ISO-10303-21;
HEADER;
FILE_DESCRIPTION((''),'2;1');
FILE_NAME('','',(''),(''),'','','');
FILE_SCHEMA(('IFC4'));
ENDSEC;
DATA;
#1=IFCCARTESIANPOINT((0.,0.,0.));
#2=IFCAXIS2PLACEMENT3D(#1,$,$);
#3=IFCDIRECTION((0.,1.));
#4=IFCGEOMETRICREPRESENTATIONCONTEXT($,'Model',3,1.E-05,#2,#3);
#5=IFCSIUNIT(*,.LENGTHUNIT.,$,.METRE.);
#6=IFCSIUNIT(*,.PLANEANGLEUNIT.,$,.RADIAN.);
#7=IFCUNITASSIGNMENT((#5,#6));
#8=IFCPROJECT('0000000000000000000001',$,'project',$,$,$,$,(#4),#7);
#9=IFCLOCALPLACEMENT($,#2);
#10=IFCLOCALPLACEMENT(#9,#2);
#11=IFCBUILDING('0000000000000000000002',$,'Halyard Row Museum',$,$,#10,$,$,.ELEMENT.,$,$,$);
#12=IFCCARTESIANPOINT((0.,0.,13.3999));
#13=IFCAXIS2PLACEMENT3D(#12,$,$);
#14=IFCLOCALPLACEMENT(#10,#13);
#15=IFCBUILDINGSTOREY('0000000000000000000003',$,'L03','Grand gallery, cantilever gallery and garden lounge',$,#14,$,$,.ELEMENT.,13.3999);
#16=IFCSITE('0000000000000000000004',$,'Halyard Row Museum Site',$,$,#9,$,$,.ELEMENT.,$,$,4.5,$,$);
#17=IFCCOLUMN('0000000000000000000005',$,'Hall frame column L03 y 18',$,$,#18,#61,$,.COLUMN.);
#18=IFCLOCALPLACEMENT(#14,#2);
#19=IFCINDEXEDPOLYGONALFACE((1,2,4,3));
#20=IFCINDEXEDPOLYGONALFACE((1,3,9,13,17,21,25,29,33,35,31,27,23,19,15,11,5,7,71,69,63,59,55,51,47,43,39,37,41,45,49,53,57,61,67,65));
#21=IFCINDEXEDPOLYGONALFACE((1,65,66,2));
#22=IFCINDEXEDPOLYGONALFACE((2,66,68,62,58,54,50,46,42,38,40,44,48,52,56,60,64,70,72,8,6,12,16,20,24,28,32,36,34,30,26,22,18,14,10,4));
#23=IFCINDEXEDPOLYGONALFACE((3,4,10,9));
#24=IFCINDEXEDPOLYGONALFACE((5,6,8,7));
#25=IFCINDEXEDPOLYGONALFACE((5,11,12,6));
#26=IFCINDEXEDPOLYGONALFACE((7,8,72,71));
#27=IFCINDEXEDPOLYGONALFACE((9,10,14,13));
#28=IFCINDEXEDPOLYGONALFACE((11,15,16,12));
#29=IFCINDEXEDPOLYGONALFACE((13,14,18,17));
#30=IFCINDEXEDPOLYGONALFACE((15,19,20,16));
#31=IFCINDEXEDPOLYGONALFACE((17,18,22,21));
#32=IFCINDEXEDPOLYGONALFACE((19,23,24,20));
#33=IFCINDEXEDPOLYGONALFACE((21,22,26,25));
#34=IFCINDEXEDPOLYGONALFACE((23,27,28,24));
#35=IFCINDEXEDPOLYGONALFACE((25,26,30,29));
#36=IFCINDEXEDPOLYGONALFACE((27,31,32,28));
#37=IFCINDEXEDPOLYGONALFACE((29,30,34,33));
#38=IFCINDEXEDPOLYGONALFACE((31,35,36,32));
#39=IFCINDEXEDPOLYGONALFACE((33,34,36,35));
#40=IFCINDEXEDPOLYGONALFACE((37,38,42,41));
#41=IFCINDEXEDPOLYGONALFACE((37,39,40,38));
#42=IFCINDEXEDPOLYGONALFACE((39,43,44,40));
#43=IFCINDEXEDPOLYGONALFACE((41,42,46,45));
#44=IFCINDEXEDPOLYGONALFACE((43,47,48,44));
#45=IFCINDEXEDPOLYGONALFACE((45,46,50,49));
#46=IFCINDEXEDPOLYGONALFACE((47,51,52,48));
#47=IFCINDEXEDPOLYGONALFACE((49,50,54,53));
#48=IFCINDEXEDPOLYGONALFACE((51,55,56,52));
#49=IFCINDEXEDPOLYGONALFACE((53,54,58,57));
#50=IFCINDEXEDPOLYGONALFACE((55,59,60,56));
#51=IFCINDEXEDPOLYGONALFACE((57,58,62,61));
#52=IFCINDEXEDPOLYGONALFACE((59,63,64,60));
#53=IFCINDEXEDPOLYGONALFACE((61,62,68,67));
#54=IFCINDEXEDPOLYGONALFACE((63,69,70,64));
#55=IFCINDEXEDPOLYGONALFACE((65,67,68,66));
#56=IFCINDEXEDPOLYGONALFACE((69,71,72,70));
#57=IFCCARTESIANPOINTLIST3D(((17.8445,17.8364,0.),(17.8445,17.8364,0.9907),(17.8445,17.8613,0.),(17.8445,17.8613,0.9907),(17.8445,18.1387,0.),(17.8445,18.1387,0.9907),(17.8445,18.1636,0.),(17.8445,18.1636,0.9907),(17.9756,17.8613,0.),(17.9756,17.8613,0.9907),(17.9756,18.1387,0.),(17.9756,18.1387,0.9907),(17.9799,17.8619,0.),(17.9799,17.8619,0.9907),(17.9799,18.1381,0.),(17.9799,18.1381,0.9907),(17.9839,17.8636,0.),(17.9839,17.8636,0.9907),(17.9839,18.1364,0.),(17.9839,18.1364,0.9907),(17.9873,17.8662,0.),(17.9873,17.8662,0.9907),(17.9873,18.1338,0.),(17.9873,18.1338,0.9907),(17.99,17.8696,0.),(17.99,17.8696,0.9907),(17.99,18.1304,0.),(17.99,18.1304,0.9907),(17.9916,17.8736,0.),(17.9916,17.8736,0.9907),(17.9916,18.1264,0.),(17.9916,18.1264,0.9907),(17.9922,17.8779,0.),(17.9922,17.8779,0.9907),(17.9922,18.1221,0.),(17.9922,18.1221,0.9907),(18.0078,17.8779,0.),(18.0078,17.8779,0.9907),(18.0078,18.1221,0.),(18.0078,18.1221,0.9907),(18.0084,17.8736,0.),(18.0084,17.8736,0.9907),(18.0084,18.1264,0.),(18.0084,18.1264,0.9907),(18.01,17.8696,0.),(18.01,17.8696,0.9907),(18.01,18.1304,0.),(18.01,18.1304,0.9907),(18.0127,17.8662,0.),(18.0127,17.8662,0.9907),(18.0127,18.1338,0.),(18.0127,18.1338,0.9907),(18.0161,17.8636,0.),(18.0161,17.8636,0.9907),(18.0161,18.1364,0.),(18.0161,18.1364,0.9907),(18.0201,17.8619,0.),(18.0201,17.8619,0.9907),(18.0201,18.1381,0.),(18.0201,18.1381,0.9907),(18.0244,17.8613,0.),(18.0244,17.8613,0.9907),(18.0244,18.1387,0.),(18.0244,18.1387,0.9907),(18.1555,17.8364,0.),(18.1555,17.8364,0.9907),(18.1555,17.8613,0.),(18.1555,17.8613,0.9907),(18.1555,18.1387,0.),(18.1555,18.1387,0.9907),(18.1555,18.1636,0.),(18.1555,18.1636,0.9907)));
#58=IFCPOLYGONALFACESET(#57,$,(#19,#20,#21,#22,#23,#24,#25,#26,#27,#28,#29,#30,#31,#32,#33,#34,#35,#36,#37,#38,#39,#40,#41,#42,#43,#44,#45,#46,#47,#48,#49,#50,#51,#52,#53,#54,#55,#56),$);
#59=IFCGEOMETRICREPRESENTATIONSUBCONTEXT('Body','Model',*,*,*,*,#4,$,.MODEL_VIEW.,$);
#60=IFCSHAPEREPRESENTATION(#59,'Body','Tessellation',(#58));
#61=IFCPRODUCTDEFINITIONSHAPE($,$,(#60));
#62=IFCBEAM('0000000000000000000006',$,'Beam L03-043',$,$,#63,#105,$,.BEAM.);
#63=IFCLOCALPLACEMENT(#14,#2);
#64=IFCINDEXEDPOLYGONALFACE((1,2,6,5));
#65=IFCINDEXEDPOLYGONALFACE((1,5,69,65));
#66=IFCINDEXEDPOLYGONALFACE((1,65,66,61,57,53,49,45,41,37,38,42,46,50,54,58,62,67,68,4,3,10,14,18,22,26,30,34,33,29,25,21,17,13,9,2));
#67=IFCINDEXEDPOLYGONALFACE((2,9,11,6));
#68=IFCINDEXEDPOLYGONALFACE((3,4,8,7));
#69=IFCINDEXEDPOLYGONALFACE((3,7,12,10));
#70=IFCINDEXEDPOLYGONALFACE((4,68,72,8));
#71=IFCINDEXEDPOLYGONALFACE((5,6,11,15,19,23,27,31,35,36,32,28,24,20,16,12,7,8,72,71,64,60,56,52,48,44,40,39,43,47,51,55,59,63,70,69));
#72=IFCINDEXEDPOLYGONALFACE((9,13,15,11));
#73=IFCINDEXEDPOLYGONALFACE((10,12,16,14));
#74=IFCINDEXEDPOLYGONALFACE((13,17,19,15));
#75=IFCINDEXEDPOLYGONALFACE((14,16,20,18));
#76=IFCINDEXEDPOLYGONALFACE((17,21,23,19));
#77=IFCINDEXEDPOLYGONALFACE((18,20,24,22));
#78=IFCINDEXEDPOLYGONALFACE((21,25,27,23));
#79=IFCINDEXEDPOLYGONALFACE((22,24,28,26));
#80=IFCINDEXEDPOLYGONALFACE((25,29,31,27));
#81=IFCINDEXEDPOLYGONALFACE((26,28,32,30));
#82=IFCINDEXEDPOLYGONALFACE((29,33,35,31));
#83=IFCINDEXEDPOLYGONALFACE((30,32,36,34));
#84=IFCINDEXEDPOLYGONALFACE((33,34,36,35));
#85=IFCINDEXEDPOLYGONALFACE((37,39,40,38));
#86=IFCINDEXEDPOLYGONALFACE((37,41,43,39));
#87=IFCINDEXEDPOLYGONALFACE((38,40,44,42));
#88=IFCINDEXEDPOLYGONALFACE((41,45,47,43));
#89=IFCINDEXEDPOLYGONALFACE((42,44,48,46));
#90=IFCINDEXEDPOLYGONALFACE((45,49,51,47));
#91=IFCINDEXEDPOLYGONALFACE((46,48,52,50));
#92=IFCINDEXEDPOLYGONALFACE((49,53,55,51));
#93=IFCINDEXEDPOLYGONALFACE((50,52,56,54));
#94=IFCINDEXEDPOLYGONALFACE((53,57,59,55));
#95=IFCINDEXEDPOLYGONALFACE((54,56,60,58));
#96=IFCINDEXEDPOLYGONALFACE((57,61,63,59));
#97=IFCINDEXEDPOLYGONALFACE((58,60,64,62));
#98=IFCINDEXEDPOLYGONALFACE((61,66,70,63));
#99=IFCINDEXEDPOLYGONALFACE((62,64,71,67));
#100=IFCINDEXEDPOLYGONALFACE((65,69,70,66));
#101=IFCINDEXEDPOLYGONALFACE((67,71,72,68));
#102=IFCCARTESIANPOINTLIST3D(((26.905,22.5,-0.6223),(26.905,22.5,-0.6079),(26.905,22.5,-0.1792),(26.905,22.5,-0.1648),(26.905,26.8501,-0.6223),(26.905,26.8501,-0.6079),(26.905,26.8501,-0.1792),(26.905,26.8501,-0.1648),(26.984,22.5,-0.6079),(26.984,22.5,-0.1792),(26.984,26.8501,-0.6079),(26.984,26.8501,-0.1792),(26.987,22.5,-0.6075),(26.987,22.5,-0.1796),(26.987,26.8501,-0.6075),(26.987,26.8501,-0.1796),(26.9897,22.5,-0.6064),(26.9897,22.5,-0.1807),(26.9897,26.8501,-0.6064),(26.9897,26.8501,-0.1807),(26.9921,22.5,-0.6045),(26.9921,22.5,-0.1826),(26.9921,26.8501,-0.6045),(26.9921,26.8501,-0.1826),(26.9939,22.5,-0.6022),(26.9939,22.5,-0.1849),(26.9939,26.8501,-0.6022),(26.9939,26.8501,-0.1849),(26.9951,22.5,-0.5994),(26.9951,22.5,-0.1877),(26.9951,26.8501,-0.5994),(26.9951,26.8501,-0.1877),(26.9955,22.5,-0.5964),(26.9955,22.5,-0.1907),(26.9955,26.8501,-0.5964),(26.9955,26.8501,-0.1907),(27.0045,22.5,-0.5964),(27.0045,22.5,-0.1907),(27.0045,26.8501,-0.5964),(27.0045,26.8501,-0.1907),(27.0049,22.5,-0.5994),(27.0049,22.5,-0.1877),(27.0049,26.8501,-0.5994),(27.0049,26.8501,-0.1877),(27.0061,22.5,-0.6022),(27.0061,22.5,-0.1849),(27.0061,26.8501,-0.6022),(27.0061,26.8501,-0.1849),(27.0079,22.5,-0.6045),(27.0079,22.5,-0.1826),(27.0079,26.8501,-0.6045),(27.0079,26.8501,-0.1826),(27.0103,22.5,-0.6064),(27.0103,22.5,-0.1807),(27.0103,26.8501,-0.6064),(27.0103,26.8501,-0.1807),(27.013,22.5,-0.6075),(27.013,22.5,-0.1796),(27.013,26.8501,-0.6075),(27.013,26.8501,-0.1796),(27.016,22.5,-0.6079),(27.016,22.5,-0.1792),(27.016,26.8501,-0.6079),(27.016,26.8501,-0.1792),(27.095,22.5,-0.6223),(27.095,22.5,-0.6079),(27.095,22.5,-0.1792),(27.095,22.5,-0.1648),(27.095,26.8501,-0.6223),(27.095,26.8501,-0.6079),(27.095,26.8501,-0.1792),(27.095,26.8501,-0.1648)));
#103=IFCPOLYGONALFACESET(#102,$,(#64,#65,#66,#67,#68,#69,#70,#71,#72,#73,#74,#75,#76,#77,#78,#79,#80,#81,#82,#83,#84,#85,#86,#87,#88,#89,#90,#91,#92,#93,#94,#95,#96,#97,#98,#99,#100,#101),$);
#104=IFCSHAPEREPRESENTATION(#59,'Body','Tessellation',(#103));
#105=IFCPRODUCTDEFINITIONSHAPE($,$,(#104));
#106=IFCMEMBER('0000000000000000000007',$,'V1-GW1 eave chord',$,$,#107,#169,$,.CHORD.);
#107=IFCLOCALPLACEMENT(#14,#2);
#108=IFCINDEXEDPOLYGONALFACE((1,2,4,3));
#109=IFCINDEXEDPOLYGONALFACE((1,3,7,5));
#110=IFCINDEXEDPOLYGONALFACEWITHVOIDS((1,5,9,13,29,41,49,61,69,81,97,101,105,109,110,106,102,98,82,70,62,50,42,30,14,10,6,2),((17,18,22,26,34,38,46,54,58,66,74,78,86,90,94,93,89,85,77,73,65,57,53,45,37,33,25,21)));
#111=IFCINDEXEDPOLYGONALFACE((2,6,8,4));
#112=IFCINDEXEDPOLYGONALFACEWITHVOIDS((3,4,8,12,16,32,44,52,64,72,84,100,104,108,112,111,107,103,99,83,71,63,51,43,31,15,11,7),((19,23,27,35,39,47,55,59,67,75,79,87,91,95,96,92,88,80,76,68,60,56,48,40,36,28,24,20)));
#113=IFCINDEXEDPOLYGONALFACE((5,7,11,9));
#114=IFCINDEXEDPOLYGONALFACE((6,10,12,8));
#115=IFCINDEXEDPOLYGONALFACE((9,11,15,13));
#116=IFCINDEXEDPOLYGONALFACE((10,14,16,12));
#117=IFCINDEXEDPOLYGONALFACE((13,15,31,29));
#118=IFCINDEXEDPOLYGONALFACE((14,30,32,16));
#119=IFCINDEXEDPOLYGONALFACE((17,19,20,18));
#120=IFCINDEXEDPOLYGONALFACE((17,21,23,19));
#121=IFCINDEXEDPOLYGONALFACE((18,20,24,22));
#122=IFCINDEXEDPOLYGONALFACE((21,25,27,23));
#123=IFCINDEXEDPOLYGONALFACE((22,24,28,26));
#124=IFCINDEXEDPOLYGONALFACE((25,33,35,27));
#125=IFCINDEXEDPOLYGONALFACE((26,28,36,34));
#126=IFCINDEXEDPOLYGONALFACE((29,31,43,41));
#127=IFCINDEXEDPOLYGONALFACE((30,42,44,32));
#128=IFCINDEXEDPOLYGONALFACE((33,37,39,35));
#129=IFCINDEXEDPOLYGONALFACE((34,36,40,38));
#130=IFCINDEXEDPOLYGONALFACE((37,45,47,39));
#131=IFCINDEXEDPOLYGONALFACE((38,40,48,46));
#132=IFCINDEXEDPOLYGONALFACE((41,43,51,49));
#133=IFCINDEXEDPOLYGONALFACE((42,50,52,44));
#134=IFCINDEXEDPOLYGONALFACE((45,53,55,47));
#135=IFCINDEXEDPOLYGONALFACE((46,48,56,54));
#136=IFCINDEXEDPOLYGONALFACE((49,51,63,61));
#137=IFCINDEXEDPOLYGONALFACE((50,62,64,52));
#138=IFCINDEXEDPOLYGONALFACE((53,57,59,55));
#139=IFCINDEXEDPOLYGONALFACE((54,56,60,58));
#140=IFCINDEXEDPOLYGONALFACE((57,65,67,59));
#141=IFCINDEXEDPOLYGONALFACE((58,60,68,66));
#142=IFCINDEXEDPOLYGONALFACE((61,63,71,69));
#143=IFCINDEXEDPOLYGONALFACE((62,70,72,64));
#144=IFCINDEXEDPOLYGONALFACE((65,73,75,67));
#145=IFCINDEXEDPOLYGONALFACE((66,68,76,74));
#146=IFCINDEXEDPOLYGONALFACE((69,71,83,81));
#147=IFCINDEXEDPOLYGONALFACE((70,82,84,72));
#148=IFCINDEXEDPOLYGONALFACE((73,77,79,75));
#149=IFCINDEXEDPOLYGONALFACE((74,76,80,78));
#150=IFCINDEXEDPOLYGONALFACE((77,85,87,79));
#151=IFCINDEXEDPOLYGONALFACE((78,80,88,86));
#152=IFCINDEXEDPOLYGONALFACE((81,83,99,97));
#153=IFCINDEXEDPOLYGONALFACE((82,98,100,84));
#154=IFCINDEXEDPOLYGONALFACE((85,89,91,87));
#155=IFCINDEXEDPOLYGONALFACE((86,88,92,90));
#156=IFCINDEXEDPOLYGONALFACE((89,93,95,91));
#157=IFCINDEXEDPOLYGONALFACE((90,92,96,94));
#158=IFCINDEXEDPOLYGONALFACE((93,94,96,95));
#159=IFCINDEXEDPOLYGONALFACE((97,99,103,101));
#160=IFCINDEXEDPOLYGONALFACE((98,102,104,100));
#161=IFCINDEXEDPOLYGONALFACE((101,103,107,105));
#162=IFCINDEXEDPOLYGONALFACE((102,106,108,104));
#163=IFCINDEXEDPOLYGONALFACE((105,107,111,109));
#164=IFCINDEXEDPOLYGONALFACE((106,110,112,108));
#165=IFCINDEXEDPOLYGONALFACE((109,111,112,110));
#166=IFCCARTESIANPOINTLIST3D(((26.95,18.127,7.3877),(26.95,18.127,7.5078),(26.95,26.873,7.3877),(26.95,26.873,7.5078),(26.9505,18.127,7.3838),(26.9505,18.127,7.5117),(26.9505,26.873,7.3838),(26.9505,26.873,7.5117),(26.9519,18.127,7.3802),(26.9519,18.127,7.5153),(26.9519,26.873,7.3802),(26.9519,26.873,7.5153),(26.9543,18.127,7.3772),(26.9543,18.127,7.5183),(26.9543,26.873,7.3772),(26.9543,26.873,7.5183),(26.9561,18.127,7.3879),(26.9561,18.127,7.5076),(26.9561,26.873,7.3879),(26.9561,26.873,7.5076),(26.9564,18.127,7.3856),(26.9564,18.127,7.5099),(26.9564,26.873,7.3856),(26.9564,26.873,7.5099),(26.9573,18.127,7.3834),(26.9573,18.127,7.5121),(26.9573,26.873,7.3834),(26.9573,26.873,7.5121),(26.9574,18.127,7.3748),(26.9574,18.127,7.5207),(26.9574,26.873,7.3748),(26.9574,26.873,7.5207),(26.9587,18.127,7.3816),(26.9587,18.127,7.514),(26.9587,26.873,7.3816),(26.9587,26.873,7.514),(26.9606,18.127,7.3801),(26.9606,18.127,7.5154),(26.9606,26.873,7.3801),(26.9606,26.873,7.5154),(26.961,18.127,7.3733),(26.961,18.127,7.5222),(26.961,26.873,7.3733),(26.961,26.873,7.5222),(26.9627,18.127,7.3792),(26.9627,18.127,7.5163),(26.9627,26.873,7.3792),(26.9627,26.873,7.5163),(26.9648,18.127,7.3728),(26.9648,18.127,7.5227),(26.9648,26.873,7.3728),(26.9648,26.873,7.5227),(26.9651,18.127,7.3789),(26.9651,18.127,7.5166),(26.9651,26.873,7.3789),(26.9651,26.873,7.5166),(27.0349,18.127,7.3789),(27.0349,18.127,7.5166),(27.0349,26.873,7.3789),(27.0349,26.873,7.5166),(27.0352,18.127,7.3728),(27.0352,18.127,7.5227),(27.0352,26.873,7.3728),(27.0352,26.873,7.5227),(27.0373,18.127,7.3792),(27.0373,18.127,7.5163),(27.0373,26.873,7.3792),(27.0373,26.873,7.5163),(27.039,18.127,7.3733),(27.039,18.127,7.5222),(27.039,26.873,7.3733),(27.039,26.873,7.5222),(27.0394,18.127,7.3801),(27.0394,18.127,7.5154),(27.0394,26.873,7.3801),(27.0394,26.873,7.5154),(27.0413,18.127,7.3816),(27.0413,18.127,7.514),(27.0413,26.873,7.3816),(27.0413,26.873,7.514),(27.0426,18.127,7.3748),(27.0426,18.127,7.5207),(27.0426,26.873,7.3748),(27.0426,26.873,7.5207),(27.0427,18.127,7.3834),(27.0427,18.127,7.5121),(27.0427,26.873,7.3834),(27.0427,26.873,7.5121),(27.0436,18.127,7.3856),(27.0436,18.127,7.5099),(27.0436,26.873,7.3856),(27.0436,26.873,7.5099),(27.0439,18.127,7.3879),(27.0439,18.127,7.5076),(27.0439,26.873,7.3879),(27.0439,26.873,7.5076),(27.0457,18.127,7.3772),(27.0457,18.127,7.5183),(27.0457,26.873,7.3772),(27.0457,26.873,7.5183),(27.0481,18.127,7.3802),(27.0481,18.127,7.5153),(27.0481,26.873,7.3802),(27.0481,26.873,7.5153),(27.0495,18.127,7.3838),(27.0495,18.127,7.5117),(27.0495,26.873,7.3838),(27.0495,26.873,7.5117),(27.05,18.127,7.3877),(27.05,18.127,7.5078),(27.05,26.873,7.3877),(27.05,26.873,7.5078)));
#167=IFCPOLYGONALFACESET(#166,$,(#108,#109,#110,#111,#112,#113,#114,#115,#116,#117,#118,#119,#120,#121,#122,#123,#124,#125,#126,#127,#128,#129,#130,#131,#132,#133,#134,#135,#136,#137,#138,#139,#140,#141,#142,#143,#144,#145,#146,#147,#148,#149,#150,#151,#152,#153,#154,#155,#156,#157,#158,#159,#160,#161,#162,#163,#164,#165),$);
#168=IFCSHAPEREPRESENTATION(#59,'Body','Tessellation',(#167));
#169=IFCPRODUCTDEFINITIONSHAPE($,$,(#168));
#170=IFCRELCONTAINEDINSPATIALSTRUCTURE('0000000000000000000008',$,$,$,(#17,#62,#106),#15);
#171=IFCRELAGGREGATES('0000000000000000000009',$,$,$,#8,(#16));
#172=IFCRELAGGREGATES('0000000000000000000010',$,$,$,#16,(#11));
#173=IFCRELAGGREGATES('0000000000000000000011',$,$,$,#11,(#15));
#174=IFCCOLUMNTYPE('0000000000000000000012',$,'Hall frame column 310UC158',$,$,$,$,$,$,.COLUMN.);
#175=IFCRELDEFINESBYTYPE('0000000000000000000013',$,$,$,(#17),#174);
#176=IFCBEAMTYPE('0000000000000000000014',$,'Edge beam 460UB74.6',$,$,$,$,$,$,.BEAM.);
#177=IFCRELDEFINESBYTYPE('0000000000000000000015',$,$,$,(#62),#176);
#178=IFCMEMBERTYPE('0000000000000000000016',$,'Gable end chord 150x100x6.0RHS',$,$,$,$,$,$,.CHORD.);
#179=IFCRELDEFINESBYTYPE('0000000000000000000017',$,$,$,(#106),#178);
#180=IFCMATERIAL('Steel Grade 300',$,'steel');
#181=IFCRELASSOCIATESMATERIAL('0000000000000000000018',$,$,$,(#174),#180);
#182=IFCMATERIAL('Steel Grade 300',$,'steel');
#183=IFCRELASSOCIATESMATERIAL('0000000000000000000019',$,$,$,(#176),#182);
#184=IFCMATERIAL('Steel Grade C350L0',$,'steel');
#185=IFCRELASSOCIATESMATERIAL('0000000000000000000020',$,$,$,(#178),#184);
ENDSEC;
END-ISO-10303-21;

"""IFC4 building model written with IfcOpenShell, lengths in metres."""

from ifc_helpers import new_model, si_unit, direction, frame, origin, origin_2d, place, context, subcontext, project, spatial, hollow_rectangle, i_section, extrude, material, material_profile, profile_set, type_object, element, save


model = new_model("IFC4")

# Units and contexts
model_context = context("Model", 3, precision=1e-05, world=origin(), true_north=direction((0.0, 1.0)))
body_context = subcontext(model_context, "Body", "Model", "MODEL_VIEW")
ifc_project = project(units=[si_unit("LENGTHUNIT", "METRE"), si_unit("PLANEANGLEUNIT", "RADIAN")], contexts=[model_context])

# Site, building, storey
site_placement = place(None, origin())
site = spatial("IfcSite", under=ifc_project, at=site_placement, Name="Halyard Row Museum Site", CompositionType="ELEMENT", RefElevation=4.5)
building_placement = place(site_placement, origin())
building = spatial("IfcBuilding", under=site, at=building_placement, Name="Halyard Row Museum", CompositionType="ELEMENT")
storey_placement = place(building_placement, frame((0.0, 0.0, 13.3999)))
storey = spatial("IfcBuildingStorey", under=building, at=storey_placement, Name="L03", Description="Grand gallery, cantilever gallery and garden lounge", CompositionType="ELEMENT", Elevation=13.3999)

# Column
ifc_material_1 = material(Name="Steel Grade 300", Category="steel")
ifc_material_profile_1 = material_profile(ifc_material_1, i_section(OverallWidth=0.311, OverallDepth=0.3271, WebThickness=0.0156, FlangeThickness=0.0249, FilletRadius=0.0166, at=origin_2d()), Name="310UC158")
ifc_profile_set_1 = profile_set([ifc_material_profile_1], Name="Steel Grade 300")
column_type = type_object("IfcColumnType", Name="Hall frame column 310UC158", PredefinedType="COLUMN", material=ifc_profile_set_1)
column_placement = place(storey_placement, frame((18.0, 18.0, 0.0), z_axis=(0.0, 0.0, 1.0), x_axis=(1.0, 0.0, 0.0)))
element("IfcColumn", 1, at=column_placement, inside=storey, type_object=column_type, Name="Hall frame column L03 y 18", PredefinedType="COLUMN", context=body_context, shape_type="SweptSolid", body=[
    extrude(i_section(OverallWidth=0.311, OverallDepth=0.3271, WebThickness=0.0156, FlangeThickness=0.0249, FilletRadius=0.0166, at=origin_2d()), origin(), (0.0, 0.0, 1.0), 0.9907),
])

# Beam
ifc_material_2 = material(Name="Steel Grade 300", Category="steel")
ifc_material_profile_2 = material_profile(ifc_material_2, i_section(OverallWidth=0.1899, OverallDepth=0.4575, WebThickness=0.009, FlangeThickness=0.0144, FilletRadius=0.0115, at=origin_2d()), Name="460UB74.6")
ifc_profile_set_2 = profile_set([ifc_material_profile_2], Name="Steel Grade 300")
beam_type = type_object("IfcBeamType", Name="Edge beam 460UB74.6", PredefinedType="BEAM", material=ifc_profile_set_2)
beam_placement = place(storey_placement, frame((27.0, 22.5, -0.3936), z_axis=(0.0, 1.0, 0.0), x_axis=(-1.0, 0.0, 0.0)))
element("IfcBeam", 2, at=beam_placement, inside=storey, type_object=beam_type, Name="Beam L03-043", PredefinedType="BEAM", context=body_context, shape_type="SweptSolid", body=[
    extrude(i_section(OverallWidth=0.1899, OverallDepth=0.4575, WebThickness=0.009, FlangeThickness=0.0144, FilletRadius=0.0115, at=origin_2d()), origin(), (0.0, 0.0, 1.0), 4.3501),
])

# Member
ifc_material_3 = material(Name="Steel Grade C350L0", Category="steel")
ifc_material_profile_3 = material_profile(ifc_material_3, hollow_rectangle(XDim=0.1001, YDim=0.1499, WallThickness=0.0061, InnerFilletRadius=0.009, OuterFilletRadius=0.0149, at=origin_2d()), Name="150x100x6.0RHS")
ifc_profile_set_3 = profile_set([ifc_material_profile_3], Name="Steel Grade C350L0")
member_type_1 = type_object("IfcMemberType", Name="Gable end chord 150x100x6.0RHS", PredefinedType="CHORD", material=ifc_profile_set_3)
member_1_placement = place(storey_placement, frame((27.0, 18.127, 7.4478), z_axis=(0.0, 1.0, 0.0), x_axis=(-1.0, 0.0, 0.0)))
element("IfcMember", 3, at=member_1_placement, inside=storey, type_object=member_type_1, Name="V1-GW1 eave chord", PredefinedType="CHORD", context=body_context, shape_type="SweptSolid", body=[
    extrude(hollow_rectangle(XDim=0.1001, YDim=0.1499, WallThickness=0.0061, InnerFilletRadius=0.009, OuterFilletRadius=0.0149, at=origin_2d()), origin(), (0.0, 0.0, 1.0), 8.7461),
])

save(model, "model.ifc")
